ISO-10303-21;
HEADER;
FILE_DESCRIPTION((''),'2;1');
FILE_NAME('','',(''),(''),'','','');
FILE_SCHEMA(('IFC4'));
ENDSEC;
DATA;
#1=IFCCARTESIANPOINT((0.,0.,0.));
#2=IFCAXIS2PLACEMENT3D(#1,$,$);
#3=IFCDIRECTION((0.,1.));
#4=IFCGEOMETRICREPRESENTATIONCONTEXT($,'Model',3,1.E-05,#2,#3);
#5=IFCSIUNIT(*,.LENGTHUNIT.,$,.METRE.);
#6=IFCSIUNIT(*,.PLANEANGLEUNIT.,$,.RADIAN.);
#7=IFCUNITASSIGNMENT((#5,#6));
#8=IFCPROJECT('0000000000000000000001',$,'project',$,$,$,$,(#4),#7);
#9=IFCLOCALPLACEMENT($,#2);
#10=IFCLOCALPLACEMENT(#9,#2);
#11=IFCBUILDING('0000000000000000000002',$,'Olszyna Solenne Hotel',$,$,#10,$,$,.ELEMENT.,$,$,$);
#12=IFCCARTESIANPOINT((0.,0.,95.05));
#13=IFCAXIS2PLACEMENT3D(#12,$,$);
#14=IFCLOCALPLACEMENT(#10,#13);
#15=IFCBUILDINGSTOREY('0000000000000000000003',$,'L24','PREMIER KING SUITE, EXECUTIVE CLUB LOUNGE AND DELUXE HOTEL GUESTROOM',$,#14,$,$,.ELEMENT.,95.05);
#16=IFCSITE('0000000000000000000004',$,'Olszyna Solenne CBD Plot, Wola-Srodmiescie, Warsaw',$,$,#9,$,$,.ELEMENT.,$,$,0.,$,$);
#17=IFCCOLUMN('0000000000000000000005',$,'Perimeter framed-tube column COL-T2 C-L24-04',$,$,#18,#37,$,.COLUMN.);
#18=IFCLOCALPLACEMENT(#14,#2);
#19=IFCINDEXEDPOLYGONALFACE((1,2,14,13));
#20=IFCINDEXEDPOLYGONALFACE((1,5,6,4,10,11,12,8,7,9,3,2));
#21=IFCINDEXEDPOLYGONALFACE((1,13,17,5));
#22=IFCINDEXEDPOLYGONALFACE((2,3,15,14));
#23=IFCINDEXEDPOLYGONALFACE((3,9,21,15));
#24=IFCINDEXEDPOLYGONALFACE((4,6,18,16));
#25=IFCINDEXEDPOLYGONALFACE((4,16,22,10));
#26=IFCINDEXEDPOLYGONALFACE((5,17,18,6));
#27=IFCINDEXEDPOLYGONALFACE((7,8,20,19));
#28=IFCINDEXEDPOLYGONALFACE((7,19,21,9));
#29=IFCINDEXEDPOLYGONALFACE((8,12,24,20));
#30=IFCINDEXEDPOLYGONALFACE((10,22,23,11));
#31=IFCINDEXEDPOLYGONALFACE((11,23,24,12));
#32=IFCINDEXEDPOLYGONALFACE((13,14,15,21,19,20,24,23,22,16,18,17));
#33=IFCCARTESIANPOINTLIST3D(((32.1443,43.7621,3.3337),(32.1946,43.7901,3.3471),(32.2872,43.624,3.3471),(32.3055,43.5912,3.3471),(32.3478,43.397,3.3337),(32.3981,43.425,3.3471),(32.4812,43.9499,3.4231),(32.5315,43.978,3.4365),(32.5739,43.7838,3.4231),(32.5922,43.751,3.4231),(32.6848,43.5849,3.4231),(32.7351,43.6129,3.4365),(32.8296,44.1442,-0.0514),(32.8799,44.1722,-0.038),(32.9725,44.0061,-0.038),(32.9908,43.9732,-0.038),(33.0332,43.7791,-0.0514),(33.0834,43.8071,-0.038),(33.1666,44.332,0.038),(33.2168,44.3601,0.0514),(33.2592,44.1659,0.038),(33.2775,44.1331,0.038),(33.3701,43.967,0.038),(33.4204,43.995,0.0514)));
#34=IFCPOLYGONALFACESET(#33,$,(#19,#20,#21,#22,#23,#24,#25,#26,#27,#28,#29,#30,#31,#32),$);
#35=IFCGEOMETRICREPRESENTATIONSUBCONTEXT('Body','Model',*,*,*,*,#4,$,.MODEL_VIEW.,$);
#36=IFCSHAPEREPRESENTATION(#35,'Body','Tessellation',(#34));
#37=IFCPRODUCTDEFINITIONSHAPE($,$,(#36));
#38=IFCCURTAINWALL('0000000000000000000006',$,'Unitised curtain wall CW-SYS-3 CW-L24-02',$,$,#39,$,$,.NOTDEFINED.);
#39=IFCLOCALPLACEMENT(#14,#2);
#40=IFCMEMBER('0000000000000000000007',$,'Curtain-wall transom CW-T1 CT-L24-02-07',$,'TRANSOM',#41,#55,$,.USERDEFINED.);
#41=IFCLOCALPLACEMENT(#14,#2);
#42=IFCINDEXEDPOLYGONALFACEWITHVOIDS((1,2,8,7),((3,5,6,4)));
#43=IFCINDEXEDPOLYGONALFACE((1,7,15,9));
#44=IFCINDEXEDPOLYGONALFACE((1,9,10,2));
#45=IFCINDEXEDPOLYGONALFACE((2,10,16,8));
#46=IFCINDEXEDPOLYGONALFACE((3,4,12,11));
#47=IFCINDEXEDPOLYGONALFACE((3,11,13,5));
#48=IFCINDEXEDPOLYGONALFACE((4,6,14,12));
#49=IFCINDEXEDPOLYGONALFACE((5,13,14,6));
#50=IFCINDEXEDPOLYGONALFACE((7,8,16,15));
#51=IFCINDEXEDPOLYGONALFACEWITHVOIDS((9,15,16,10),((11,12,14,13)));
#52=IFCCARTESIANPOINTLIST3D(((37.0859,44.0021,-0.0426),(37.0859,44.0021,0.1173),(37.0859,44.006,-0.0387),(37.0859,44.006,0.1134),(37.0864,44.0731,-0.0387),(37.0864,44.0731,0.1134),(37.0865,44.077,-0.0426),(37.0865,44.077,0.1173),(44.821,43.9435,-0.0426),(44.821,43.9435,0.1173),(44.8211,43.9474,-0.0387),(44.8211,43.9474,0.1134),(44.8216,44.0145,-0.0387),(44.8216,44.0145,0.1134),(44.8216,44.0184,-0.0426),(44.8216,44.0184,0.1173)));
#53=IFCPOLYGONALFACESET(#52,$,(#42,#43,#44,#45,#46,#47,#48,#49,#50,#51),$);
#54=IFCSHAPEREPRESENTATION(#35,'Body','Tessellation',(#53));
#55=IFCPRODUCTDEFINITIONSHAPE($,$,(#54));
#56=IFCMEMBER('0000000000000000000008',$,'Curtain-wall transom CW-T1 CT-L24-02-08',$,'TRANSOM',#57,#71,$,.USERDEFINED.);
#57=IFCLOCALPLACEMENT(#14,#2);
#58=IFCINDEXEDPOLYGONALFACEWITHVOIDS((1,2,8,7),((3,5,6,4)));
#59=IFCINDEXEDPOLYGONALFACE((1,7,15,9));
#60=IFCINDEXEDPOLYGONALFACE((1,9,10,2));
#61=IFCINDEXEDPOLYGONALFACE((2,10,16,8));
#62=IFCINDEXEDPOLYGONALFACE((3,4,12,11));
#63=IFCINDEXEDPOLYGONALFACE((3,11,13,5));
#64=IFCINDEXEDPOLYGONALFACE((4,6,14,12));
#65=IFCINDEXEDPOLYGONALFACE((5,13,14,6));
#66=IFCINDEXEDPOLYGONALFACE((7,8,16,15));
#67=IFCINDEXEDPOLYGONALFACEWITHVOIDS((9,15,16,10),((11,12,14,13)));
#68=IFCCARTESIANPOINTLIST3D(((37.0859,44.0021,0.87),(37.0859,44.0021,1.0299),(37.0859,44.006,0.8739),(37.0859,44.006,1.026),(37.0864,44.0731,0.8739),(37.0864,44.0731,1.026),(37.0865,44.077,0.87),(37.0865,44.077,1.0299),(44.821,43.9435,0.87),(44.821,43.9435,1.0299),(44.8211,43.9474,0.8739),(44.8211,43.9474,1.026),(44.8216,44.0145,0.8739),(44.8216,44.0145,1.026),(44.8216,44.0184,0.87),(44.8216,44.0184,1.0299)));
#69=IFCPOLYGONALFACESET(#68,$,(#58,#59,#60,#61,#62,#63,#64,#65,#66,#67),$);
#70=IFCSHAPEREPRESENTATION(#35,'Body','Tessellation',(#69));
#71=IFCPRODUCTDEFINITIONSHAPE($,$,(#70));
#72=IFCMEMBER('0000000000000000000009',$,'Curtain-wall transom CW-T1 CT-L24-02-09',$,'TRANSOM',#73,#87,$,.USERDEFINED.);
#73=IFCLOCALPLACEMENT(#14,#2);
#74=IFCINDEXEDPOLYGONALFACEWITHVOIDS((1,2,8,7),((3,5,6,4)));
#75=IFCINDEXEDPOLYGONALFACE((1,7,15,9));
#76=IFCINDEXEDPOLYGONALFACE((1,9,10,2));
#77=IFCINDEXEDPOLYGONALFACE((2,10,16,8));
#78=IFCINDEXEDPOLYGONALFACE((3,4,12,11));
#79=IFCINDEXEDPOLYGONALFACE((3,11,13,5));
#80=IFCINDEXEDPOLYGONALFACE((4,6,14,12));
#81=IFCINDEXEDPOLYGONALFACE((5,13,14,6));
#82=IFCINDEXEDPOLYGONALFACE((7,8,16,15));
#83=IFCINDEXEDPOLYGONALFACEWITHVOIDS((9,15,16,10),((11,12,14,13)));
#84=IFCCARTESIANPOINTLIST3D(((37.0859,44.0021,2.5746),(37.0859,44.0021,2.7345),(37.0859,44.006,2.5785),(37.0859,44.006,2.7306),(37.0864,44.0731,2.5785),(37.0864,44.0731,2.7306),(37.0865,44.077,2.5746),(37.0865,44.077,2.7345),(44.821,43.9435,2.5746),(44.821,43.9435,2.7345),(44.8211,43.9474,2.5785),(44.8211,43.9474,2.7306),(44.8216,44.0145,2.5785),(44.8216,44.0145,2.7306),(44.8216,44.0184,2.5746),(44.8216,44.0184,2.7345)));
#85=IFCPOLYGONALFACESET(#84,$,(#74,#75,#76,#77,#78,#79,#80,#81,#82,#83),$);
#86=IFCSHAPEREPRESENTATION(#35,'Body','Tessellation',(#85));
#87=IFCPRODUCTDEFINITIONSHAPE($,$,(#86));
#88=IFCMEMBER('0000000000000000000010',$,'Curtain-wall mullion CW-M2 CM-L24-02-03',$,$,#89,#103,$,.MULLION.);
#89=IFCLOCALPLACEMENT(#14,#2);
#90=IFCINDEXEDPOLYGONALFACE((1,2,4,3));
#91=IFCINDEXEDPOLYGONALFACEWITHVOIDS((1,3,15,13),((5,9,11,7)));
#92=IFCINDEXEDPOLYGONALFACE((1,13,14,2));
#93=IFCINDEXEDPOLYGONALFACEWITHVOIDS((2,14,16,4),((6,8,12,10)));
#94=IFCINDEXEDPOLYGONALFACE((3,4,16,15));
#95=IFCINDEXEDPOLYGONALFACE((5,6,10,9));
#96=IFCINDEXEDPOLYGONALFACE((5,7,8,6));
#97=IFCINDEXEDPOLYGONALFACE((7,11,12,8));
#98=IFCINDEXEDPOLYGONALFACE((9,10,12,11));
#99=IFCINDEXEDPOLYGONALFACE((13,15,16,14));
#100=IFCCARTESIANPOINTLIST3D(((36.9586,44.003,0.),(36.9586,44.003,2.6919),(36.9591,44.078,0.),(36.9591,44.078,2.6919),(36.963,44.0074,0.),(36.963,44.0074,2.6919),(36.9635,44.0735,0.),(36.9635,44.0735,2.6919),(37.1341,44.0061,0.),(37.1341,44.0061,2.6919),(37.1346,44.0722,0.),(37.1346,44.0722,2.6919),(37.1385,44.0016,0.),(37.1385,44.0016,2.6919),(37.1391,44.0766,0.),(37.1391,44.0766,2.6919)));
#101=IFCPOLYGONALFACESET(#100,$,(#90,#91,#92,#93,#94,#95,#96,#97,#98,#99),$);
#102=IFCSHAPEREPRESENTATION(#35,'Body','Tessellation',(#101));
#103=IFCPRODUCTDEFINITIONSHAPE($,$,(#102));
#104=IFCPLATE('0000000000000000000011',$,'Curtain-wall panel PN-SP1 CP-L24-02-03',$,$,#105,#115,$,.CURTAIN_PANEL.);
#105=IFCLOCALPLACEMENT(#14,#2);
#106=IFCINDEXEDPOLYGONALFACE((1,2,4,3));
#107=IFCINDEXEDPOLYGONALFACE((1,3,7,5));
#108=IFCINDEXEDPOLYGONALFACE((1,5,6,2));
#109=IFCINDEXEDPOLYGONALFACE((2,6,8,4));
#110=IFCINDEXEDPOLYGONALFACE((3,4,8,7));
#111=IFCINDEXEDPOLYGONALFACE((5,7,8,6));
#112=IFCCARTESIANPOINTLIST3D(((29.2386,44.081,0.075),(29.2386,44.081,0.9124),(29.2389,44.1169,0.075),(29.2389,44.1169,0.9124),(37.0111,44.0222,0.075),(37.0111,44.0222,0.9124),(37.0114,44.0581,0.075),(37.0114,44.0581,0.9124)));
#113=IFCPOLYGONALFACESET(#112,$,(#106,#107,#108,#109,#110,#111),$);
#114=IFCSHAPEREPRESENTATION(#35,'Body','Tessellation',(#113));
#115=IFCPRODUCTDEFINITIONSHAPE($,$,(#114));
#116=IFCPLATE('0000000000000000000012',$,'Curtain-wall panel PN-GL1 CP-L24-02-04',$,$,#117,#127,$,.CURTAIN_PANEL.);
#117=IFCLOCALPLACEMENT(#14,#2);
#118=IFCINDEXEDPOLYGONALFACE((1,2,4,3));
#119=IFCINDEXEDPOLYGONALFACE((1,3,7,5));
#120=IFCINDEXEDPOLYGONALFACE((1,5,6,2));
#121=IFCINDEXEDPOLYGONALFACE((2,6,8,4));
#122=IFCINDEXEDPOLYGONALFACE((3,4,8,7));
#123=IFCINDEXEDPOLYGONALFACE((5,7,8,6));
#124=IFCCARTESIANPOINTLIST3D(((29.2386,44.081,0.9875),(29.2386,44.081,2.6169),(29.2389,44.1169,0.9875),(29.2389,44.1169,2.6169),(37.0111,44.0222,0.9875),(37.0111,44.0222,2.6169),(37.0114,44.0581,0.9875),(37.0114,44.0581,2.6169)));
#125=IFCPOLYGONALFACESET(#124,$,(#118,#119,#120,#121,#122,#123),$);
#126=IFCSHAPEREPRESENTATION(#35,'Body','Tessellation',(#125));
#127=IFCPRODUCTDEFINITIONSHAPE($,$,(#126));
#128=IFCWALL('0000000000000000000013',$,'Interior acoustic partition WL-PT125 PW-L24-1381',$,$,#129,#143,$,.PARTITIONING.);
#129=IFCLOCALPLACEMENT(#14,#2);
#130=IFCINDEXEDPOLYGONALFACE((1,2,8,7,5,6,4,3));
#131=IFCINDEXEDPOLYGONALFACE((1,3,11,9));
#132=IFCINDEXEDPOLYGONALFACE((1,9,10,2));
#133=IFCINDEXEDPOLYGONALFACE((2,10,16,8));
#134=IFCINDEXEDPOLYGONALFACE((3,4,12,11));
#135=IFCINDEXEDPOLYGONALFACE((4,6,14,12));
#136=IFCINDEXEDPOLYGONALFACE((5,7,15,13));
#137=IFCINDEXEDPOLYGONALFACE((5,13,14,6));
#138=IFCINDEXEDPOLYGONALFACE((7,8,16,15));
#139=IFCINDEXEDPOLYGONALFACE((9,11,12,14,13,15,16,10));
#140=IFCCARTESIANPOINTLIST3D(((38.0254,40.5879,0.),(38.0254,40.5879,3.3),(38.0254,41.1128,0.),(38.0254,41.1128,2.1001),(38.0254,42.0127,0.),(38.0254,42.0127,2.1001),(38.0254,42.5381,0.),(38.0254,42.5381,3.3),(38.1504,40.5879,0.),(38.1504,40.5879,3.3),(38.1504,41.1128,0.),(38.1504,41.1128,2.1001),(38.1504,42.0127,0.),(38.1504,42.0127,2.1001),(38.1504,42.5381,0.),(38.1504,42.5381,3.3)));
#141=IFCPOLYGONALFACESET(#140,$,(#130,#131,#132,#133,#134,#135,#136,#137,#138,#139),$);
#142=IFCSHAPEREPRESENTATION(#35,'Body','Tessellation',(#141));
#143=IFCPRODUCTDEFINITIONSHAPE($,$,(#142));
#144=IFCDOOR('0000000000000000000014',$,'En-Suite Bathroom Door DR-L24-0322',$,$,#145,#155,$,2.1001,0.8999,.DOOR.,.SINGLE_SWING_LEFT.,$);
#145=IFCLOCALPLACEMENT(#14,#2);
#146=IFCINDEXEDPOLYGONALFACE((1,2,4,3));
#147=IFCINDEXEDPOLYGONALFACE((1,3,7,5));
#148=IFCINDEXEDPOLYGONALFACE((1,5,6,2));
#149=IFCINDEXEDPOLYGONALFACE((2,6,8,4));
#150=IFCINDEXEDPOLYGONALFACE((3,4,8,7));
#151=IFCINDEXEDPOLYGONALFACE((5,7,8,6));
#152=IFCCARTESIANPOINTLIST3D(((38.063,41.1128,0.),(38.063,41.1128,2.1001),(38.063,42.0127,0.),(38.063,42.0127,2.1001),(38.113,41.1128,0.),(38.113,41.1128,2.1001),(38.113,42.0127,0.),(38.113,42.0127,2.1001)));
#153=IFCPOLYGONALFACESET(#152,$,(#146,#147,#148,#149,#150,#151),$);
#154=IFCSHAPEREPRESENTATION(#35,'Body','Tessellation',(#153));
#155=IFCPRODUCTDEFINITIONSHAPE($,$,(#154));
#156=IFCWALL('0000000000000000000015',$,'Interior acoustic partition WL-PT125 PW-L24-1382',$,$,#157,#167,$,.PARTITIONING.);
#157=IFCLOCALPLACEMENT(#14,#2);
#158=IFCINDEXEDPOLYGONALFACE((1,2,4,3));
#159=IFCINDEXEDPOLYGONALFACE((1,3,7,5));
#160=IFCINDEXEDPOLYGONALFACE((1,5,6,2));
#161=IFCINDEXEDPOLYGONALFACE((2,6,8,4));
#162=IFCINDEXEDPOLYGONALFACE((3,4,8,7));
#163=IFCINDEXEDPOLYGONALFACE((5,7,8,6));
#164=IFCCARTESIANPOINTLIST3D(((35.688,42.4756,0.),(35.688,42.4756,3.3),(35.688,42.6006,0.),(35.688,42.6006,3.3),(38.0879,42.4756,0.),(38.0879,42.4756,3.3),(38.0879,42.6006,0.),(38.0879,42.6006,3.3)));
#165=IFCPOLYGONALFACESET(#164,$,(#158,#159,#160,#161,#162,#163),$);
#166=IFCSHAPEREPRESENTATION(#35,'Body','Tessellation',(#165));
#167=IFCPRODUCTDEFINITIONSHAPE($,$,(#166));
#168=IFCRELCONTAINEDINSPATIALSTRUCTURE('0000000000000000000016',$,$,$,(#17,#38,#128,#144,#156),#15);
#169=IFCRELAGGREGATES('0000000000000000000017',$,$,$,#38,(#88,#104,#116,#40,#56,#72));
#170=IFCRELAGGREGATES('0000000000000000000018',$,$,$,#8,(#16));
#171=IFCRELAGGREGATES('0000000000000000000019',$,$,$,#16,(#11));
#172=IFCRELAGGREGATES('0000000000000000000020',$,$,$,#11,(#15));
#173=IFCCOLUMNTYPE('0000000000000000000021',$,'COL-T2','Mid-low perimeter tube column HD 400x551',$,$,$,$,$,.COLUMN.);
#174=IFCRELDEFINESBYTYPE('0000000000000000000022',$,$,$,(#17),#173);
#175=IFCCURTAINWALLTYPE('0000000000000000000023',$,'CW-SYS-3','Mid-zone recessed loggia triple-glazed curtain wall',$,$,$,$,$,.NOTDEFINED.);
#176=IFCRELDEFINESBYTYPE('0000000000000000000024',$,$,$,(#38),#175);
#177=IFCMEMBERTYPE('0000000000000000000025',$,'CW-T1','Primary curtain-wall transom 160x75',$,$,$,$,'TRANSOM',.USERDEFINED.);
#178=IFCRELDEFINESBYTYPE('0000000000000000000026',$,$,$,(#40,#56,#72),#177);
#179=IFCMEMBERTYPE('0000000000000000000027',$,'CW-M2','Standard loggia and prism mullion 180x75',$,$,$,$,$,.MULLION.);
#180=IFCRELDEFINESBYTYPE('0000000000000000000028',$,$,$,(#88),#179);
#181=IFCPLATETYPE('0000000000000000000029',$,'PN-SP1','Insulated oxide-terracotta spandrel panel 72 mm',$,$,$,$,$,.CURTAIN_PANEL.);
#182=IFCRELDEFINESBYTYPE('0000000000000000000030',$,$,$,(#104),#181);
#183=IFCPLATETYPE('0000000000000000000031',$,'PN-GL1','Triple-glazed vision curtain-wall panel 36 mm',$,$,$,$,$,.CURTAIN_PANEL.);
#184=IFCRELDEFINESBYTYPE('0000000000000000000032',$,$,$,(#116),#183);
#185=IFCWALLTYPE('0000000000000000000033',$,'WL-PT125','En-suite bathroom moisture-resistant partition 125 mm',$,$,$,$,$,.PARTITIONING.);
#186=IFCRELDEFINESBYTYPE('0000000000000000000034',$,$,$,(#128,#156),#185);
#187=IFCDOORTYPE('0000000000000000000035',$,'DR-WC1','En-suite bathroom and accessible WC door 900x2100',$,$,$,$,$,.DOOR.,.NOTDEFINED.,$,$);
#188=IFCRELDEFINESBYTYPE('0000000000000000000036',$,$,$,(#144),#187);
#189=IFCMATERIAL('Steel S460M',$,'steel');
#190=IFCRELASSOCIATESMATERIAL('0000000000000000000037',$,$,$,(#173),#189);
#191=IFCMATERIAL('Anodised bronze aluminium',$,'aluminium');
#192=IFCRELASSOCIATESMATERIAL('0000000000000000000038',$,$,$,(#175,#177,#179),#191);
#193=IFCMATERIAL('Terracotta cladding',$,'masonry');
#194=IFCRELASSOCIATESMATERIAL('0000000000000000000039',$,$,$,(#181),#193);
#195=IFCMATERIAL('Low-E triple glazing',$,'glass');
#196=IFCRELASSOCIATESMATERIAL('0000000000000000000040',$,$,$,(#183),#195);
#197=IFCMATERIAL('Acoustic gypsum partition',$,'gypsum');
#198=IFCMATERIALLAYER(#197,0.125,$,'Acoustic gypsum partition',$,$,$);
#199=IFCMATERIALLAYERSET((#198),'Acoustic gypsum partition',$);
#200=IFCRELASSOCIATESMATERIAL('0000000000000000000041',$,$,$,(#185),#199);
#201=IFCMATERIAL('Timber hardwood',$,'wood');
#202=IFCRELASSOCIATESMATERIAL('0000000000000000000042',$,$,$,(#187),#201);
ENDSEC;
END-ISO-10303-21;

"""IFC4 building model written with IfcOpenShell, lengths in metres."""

from ifc_helpers import new_model, si_unit, direction, frame, frame_2d, origin, origin_2d, place, context, subcontext, project, spatial, rectangle, hollow_rectangle, i_section, extrude, source, transform, mapped, material, layer, layer_set, material_profile, profile_set, type_object, type_shapes, element, fill, aggregate, save


model = new_model("IFC4")

# Units and contexts
model_context = context("Model", 3, precision=1e-05, world=origin(), true_north=direction((0.0, 1.0)))
body_context = subcontext(model_context, "Body", "Model", "MODEL_VIEW")
ifc_project = project(units=[si_unit("LENGTHUNIT", "METRE"), si_unit("PLANEANGLEUNIT", "RADIAN")], contexts=[model_context])

# Site, building, storey
site_placement = place(None, origin())
site = spatial("IfcSite", under=ifc_project, at=site_placement, Name="Olszyna Solenne CBD Plot, Wola-Srodmiescie, Warsaw", CompositionType="ELEMENT", RefElevation=0.0)
building_placement = place(site_placement, origin())
building = spatial("IfcBuilding", under=site, at=building_placement, Name="Olszyna Solenne Hotel", CompositionType="ELEMENT")
storey_placement = place(building_placement, frame((0.0, 0.0, 95.05)))
storey = spatial("IfcBuildingStorey", under=building, at=storey_placement, Name="L24", Description="PREMIER KING SUITE, EXECUTIVE CLUB LOUNGE AND DELUXE HOTEL GUESTROOM", CompositionType="ELEMENT", Elevation=95.05)

# Column
ifc_material_1 = material(Name="Steel S460M", Category="steel")
ifc_material_profile_1 = material_profile(ifc_material_1, i_section(OverallWidth=0.418, OverallDepth=0.4551, WebThickness=0.0376, FlangeThickness=0.0591, at=origin_2d()), Name="HD 400x551", Category="load-bearing")
ifc_profile_set_1 = profile_set([ifc_material_profile_1], Name="Steel S460M")
column_type = type_object("IfcColumnType", Name="COL-T2", Description="Mid-low perimeter tube column HD 400x551", PredefinedType="COLUMN", material=ifc_profile_set_1)
shared_shape_1 = source(origin(), body_context, "Body", "SweptSolid", [
    extrude(i_section(OverallWidth=0.418, OverallDepth=0.4551, WebThickness=0.0376, FlangeThickness=0.0591, at=origin_2d()), origin(), (0.0, 0.0, 1.0), 3.4749),
])
column_placement = place(storey_placement, frame((33.125, 44.0696, 0.0), z_axis=(-0.197223, -0.109959, 0.974172), x_axis=(0.486963, -0.873422, 0.0)))
element("IfcColumn", 1, at=column_placement, inside=storey, type_object=column_type, Name="Perimeter framed-tube column COL-T2 C-L24-04", PredefinedType="COLUMN", context=body_context, shape_type="MappedRepresentation", body=[
    mapped(shared_shape_1, transform((0.0, 0.0, 0.0), x_axis=(1.0, 0.0, 0.0), y_axis=(0.0, 1.0, 0.0), z_axis=(0.0, 0.0, 1.0), scale=1.0)),
])

# Curtain wall, members, plates
ifc_material_2 = material(Name="Anodised bronze aluminium", Category="aluminium")
curtain_wall_type = type_object("IfcCurtainWallType", Name="CW-SYS-3", Description="Mid-zone recessed loggia triple-glazed curtain wall", PredefinedType="NOTDEFINED", material=ifc_material_2)
curtain_wall_placement = place(storey_placement, origin())
curtain_wall = element("IfcCurtainWall", 2, at=curtain_wall_placement, inside=storey, type_object=curtain_wall_type, Name="Unitised curtain wall CW-SYS-3 CW-L24-02", PredefinedType="NOTDEFINED")
ifc_material_profile_2 = material_profile(ifc_material_2, hollow_rectangle(XDim=0.075, YDim=0.1599, WallThickness=0.0039, at=origin_2d()), Name="TRAN 160x75x4", Category="load-bearing")
ifc_profile_set_2 = profile_set([ifc_material_profile_2], Name="Anodised bronze aluminium")
member_type_1 = type_object("IfcMemberType", Name="CW-T1", Description="Primary curtain-wall transom 160x75", ElementType="TRANSOM", PredefinedType="USERDEFINED", material=ifc_profile_set_2)
shared_shape_2 = source(origin(), body_context, "Body", "SweptSolid", [
    extrude(hollow_rectangle(XDim=0.075, YDim=0.1599, WallThickness=0.0039, at=origin_2d()), origin(), (0.0, 0.0, 1.0), 7.7354),
])
member_1_placement = place(storey_placement, frame((37.0862, 44.0396, 0.0374), z_axis=(0.999971, -0.007575, 0.0), x_axis=(0.007575, 0.999971, 0.0)))
member_1 = element("IfcMember", 3, at=member_1_placement, type_object=member_type_1, Name="Curtain-wall transom CW-T1 CT-L24-02-07", ObjectType="TRANSOM", PredefinedType="USERDEFINED", context=body_context, shape_type="MappedRepresentation", body=[
    mapped(shared_shape_2, transform((0.0, 0.0, 0.0), x_axis=(1.0, 0.0, 0.0), y_axis=(0.0, 1.0, 0.0), z_axis=(0.0, 0.0, 1.0), scale=1.0)),
])
member_2_placement = place(storey_placement, frame((37.0862, 44.0396, 0.95), z_axis=(0.999971, -0.007575, 0.0), x_axis=(0.007575, 0.999971, 0.0)))
member_2 = element("IfcMember", 4, at=member_2_placement, type_object=member_type_1, Name="Curtain-wall transom CW-T1 CT-L24-02-08", ObjectType="TRANSOM", PredefinedType="USERDEFINED", context=body_context, shape_type="MappedRepresentation", body=[
    mapped(shared_shape_2, transform((0.0, 0.0, 0.0), x_axis=(1.0, 0.0, 0.0), y_axis=(0.0, 1.0, 0.0), z_axis=(0.0, 0.0, 1.0), scale=1.0)),
])
member_3_placement = place(storey_placement, frame((37.0862, 44.0396, 2.6545), z_axis=(0.999971, -0.007575, 0.0), x_axis=(0.007575, 0.999971, 0.0)))
member_3 = element("IfcMember", 5, at=member_3_placement, type_object=member_type_1, Name="Curtain-wall transom CW-T1 CT-L24-02-09", ObjectType="TRANSOM", PredefinedType="USERDEFINED", context=body_context, shape_type="MappedRepresentation", body=[
    mapped(shared_shape_2, transform((0.0, 0.0, 0.0), x_axis=(1.0, 0.0, 0.0), y_axis=(0.0, 1.0, 0.0), z_axis=(0.0, 0.0, 1.0), scale=1.0)),
])
ifc_material_profile_3 = material_profile(ifc_material_2, hollow_rectangle(XDim=0.075, YDim=0.1799, WallThickness=0.0044, at=origin_2d()), Name="MULL 180x75x4.5", Category="load-bearing")
ifc_profile_set_3 = profile_set([ifc_material_profile_3], Name="Anodised bronze aluminium")
member_type_2 = type_object("IfcMemberType", Name="CW-M2", Description="Standard loggia and prism mullion 180x75", PredefinedType="MULLION", material=ifc_profile_set_3)
shared_shape_3 = source(origin(), body_context, "Body", "SweptSolid", [
    extrude(hollow_rectangle(XDim=0.075, YDim=0.1799, WallThickness=0.0044, at=origin_2d()), origin(), (0.0, 0.0, 1.0), 2.6919),
])
member_4_placement = place(storey_placement, frame((37.0488, 44.0398, 0.0), z_axis=(0.0, 0.0, 1.0), x_axis=(0.007565, 0.999971, 0.0)))
member_4 = element("IfcMember", 6, at=member_4_placement, type_object=member_type_2, Name="Curtain-wall mullion CW-M2 CM-L24-02-03", PredefinedType="MULLION", context=body_context, shape_type="MappedRepresentation", body=[
    mapped(shared_shape_3, transform((0.0, 0.0, 0.0), x_axis=(1.0, 0.0, 0.0), y_axis=(0.0, 1.0, 0.0), z_axis=(0.0, 0.0, 1.0), scale=1.0)),
])
ifc_material_3 = material(Name="Terracotta cladding", Category="masonry")
plate_type_1 = type_object("IfcPlateType", Name="PN-SP1", Description="Insulated oxide-terracotta spandrel panel 72 mm", PredefinedType="CURTAIN_PANEL", material=ifc_material_3)
shared_shape_4 = source(origin(), body_context, "Body", "SweptSolid", [
    extrude(rectangle(XDim=7.7727, YDim=0.0359, at=origin_2d()), origin(), (0.0, 0.0, 1.0), 0.8374),
])
plate_1_placement = place(storey_placement, frame((33.125, 44.0696, 0.075), z_axis=(0.0, 0.0, 1.0), x_axis=(0.999971, -0.007565, 0.0)))
plate_1 = element("IfcPlate", 7, at=plate_1_placement, type_object=plate_type_1, Name="Curtain-wall panel PN-SP1 CP-L24-02-03", PredefinedType="CURTAIN_PANEL", context=body_context, shape_type="MappedRepresentation", body=[
    mapped(shared_shape_4, transform((0.0, 0.0, 0.0), x_axis=(1.0, 0.0, 0.0), y_axis=(0.0, 1.0, 0.0), z_axis=(0.0, 0.0, 1.0), scale=1.0)),
])
ifc_material_4 = material(Name="Low-E triple glazing", Category="glass")
plate_type_2 = type_object("IfcPlateType", Name="PN-GL1", Description="Triple-glazed vision curtain-wall panel 36 mm", PredefinedType="CURTAIN_PANEL", material=ifc_material_4)
shared_shape_5 = source(origin(), body_context, "Body", "SweptSolid", [
    extrude(rectangle(XDim=7.7727, YDim=0.0359, at=origin_2d()), origin(), (0.0, 0.0, 1.0), 1.6294),
])
plate_2_placement = place(storey_placement, frame((33.125, 44.0696, 0.9875), z_axis=(0.0, 0.0, 1.0), x_axis=(0.999971, -0.007565, 0.0)))
plate_2 = element("IfcPlate", 8, at=plate_2_placement, type_object=plate_type_2, Name="Curtain-wall panel PN-GL1 CP-L24-02-04", PredefinedType="CURTAIN_PANEL", context=body_context, shape_type="MappedRepresentation", body=[
    mapped(shared_shape_5, transform((0.0, 0.0, 0.0), x_axis=(1.0, 0.0, 0.0), y_axis=(0.0, 1.0, 0.0), z_axis=(0.0, 0.0, 1.0), scale=1.0)),
])
aggregate(curtain_wall, [member_4, plate_1, plate_2, member_1, member_2, member_3])

# Wall, opening, door
ifc_material_5 = material(Name="Acoustic gypsum partition", Category="gypsum")
ifc_layer_1 = layer(ifc_material_5, 0.125, Name="Acoustic gypsum partition")
ifc_layer_set_1 = layer_set([ifc_layer_1], Name="Acoustic gypsum partition")
wall_type_1 = type_object("IfcWallType", Name="WL-PT125", Description="En-suite bathroom moisture-resistant partition 125 mm", PredefinedType="PARTITIONING", material=ifc_layer_set_1)
wall_1_placement = place(storey_placement, frame((38.0879, 40.5879, 0.0), z_axis=(0.0, 0.0, 1.0), x_axis=(0.0, 1.0, 0.0)))
wall_1 = element("IfcWall", 9, at=wall_1_placement, inside=storey, type_object=wall_type_1, Name="Interior acoustic partition WL-PT125 PW-L24-1381", PredefinedType="PARTITIONING", context=body_context, shape_type="SweptSolid", body=[
    extrude(rectangle(XDim=1.9502, YDim=0.125, at=frame_2d((0.9751, 0.0))), origin(), (0.0, 0.0, 1.0), 3.3),
])
opening_1_placement = place(wall_1_placement, frame((0.5249, 0.0, 0.0)))
opening_1 = element("IfcOpeningElement", 10, at=opening_1_placement, cuts=wall_1, PredefinedType="OPENING", context=body_context, shape_type="SweptSolid", body=[
    extrude(rectangle(XDim=0.8999, YDim=2.1001, at=frame_2d((0.45, 1.05))), frame((0.0, 0.0725, 0.0), z_axis=(0.0, -1.0, 0.0), x_axis=(1.0, 0.0, 0.0)), (0.0, 0.0, 1.0), 0.145),
])
ifc_material_6 = material(Name="Timber hardwood", Category="wood")
door_type_1 = type_object("IfcDoorType", Name="DR-WC1", Description="En-suite bathroom and accessible WC door 900x2100", OperationType="NOTDEFINED", PredefinedType="DOOR", material=ifc_material_6)
shared_shape_6 = source(origin(), body_context, "Body", "SweptSolid", [
    extrude(rectangle(XDim=0.8999, YDim=2.1001, at=frame_2d((0.45, 1.05))), frame((0.0, 0.0249, 0.0), z_axis=(0.0, -1.0, 0.0), x_axis=(1.0, 0.0, 0.0)), (0.0, 0.0, 1.0), 0.05),
])
type_shapes(door_type_1, [shared_shape_6])
door_1_placement = place(opening_1_placement, origin())
door_1 = element("IfcDoor", 11, at=door_1_placement, inside=storey, type_object=door_type_1, Name="En-Suite Bathroom Door DR-L24-0322", OperationType="SINGLE_SWING_LEFT", OverallHeight=2.1001, OverallWidth=0.8999, PredefinedType="DOOR", context=body_context, shape_type="MappedRepresentation", body=[
    mapped(shared_shape_6, transform((0.0, 0.0, 0.0), x_axis=(1.0, 0.0, 0.0), y_axis=(0.0, 1.0, 0.0), z_axis=(0.0, 0.0, 1.0), scale=1.0)),
])
fill(opening_1, door_1)

# Wall
wall_2_placement = place(storey_placement, frame((38.0879, 42.5381, 0.0), z_axis=(0.0, 0.0, 1.0), x_axis=(-1.0, 0.0, 0.0)))
element("IfcWall", 12, at=wall_2_placement, inside=storey, type_object=wall_type_1, Name="Interior acoustic partition WL-PT125 PW-L24-1382", PredefinedType="PARTITIONING", context=body_context, shape_type="SweptSolid", body=[
    extrude(rectangle(XDim=2.3999, YDim=0.125, at=frame_2d((1.2, 0.0))), origin(), (0.0, 0.0, 1.0), 3.3),
])

save(model, "model.ifc")
